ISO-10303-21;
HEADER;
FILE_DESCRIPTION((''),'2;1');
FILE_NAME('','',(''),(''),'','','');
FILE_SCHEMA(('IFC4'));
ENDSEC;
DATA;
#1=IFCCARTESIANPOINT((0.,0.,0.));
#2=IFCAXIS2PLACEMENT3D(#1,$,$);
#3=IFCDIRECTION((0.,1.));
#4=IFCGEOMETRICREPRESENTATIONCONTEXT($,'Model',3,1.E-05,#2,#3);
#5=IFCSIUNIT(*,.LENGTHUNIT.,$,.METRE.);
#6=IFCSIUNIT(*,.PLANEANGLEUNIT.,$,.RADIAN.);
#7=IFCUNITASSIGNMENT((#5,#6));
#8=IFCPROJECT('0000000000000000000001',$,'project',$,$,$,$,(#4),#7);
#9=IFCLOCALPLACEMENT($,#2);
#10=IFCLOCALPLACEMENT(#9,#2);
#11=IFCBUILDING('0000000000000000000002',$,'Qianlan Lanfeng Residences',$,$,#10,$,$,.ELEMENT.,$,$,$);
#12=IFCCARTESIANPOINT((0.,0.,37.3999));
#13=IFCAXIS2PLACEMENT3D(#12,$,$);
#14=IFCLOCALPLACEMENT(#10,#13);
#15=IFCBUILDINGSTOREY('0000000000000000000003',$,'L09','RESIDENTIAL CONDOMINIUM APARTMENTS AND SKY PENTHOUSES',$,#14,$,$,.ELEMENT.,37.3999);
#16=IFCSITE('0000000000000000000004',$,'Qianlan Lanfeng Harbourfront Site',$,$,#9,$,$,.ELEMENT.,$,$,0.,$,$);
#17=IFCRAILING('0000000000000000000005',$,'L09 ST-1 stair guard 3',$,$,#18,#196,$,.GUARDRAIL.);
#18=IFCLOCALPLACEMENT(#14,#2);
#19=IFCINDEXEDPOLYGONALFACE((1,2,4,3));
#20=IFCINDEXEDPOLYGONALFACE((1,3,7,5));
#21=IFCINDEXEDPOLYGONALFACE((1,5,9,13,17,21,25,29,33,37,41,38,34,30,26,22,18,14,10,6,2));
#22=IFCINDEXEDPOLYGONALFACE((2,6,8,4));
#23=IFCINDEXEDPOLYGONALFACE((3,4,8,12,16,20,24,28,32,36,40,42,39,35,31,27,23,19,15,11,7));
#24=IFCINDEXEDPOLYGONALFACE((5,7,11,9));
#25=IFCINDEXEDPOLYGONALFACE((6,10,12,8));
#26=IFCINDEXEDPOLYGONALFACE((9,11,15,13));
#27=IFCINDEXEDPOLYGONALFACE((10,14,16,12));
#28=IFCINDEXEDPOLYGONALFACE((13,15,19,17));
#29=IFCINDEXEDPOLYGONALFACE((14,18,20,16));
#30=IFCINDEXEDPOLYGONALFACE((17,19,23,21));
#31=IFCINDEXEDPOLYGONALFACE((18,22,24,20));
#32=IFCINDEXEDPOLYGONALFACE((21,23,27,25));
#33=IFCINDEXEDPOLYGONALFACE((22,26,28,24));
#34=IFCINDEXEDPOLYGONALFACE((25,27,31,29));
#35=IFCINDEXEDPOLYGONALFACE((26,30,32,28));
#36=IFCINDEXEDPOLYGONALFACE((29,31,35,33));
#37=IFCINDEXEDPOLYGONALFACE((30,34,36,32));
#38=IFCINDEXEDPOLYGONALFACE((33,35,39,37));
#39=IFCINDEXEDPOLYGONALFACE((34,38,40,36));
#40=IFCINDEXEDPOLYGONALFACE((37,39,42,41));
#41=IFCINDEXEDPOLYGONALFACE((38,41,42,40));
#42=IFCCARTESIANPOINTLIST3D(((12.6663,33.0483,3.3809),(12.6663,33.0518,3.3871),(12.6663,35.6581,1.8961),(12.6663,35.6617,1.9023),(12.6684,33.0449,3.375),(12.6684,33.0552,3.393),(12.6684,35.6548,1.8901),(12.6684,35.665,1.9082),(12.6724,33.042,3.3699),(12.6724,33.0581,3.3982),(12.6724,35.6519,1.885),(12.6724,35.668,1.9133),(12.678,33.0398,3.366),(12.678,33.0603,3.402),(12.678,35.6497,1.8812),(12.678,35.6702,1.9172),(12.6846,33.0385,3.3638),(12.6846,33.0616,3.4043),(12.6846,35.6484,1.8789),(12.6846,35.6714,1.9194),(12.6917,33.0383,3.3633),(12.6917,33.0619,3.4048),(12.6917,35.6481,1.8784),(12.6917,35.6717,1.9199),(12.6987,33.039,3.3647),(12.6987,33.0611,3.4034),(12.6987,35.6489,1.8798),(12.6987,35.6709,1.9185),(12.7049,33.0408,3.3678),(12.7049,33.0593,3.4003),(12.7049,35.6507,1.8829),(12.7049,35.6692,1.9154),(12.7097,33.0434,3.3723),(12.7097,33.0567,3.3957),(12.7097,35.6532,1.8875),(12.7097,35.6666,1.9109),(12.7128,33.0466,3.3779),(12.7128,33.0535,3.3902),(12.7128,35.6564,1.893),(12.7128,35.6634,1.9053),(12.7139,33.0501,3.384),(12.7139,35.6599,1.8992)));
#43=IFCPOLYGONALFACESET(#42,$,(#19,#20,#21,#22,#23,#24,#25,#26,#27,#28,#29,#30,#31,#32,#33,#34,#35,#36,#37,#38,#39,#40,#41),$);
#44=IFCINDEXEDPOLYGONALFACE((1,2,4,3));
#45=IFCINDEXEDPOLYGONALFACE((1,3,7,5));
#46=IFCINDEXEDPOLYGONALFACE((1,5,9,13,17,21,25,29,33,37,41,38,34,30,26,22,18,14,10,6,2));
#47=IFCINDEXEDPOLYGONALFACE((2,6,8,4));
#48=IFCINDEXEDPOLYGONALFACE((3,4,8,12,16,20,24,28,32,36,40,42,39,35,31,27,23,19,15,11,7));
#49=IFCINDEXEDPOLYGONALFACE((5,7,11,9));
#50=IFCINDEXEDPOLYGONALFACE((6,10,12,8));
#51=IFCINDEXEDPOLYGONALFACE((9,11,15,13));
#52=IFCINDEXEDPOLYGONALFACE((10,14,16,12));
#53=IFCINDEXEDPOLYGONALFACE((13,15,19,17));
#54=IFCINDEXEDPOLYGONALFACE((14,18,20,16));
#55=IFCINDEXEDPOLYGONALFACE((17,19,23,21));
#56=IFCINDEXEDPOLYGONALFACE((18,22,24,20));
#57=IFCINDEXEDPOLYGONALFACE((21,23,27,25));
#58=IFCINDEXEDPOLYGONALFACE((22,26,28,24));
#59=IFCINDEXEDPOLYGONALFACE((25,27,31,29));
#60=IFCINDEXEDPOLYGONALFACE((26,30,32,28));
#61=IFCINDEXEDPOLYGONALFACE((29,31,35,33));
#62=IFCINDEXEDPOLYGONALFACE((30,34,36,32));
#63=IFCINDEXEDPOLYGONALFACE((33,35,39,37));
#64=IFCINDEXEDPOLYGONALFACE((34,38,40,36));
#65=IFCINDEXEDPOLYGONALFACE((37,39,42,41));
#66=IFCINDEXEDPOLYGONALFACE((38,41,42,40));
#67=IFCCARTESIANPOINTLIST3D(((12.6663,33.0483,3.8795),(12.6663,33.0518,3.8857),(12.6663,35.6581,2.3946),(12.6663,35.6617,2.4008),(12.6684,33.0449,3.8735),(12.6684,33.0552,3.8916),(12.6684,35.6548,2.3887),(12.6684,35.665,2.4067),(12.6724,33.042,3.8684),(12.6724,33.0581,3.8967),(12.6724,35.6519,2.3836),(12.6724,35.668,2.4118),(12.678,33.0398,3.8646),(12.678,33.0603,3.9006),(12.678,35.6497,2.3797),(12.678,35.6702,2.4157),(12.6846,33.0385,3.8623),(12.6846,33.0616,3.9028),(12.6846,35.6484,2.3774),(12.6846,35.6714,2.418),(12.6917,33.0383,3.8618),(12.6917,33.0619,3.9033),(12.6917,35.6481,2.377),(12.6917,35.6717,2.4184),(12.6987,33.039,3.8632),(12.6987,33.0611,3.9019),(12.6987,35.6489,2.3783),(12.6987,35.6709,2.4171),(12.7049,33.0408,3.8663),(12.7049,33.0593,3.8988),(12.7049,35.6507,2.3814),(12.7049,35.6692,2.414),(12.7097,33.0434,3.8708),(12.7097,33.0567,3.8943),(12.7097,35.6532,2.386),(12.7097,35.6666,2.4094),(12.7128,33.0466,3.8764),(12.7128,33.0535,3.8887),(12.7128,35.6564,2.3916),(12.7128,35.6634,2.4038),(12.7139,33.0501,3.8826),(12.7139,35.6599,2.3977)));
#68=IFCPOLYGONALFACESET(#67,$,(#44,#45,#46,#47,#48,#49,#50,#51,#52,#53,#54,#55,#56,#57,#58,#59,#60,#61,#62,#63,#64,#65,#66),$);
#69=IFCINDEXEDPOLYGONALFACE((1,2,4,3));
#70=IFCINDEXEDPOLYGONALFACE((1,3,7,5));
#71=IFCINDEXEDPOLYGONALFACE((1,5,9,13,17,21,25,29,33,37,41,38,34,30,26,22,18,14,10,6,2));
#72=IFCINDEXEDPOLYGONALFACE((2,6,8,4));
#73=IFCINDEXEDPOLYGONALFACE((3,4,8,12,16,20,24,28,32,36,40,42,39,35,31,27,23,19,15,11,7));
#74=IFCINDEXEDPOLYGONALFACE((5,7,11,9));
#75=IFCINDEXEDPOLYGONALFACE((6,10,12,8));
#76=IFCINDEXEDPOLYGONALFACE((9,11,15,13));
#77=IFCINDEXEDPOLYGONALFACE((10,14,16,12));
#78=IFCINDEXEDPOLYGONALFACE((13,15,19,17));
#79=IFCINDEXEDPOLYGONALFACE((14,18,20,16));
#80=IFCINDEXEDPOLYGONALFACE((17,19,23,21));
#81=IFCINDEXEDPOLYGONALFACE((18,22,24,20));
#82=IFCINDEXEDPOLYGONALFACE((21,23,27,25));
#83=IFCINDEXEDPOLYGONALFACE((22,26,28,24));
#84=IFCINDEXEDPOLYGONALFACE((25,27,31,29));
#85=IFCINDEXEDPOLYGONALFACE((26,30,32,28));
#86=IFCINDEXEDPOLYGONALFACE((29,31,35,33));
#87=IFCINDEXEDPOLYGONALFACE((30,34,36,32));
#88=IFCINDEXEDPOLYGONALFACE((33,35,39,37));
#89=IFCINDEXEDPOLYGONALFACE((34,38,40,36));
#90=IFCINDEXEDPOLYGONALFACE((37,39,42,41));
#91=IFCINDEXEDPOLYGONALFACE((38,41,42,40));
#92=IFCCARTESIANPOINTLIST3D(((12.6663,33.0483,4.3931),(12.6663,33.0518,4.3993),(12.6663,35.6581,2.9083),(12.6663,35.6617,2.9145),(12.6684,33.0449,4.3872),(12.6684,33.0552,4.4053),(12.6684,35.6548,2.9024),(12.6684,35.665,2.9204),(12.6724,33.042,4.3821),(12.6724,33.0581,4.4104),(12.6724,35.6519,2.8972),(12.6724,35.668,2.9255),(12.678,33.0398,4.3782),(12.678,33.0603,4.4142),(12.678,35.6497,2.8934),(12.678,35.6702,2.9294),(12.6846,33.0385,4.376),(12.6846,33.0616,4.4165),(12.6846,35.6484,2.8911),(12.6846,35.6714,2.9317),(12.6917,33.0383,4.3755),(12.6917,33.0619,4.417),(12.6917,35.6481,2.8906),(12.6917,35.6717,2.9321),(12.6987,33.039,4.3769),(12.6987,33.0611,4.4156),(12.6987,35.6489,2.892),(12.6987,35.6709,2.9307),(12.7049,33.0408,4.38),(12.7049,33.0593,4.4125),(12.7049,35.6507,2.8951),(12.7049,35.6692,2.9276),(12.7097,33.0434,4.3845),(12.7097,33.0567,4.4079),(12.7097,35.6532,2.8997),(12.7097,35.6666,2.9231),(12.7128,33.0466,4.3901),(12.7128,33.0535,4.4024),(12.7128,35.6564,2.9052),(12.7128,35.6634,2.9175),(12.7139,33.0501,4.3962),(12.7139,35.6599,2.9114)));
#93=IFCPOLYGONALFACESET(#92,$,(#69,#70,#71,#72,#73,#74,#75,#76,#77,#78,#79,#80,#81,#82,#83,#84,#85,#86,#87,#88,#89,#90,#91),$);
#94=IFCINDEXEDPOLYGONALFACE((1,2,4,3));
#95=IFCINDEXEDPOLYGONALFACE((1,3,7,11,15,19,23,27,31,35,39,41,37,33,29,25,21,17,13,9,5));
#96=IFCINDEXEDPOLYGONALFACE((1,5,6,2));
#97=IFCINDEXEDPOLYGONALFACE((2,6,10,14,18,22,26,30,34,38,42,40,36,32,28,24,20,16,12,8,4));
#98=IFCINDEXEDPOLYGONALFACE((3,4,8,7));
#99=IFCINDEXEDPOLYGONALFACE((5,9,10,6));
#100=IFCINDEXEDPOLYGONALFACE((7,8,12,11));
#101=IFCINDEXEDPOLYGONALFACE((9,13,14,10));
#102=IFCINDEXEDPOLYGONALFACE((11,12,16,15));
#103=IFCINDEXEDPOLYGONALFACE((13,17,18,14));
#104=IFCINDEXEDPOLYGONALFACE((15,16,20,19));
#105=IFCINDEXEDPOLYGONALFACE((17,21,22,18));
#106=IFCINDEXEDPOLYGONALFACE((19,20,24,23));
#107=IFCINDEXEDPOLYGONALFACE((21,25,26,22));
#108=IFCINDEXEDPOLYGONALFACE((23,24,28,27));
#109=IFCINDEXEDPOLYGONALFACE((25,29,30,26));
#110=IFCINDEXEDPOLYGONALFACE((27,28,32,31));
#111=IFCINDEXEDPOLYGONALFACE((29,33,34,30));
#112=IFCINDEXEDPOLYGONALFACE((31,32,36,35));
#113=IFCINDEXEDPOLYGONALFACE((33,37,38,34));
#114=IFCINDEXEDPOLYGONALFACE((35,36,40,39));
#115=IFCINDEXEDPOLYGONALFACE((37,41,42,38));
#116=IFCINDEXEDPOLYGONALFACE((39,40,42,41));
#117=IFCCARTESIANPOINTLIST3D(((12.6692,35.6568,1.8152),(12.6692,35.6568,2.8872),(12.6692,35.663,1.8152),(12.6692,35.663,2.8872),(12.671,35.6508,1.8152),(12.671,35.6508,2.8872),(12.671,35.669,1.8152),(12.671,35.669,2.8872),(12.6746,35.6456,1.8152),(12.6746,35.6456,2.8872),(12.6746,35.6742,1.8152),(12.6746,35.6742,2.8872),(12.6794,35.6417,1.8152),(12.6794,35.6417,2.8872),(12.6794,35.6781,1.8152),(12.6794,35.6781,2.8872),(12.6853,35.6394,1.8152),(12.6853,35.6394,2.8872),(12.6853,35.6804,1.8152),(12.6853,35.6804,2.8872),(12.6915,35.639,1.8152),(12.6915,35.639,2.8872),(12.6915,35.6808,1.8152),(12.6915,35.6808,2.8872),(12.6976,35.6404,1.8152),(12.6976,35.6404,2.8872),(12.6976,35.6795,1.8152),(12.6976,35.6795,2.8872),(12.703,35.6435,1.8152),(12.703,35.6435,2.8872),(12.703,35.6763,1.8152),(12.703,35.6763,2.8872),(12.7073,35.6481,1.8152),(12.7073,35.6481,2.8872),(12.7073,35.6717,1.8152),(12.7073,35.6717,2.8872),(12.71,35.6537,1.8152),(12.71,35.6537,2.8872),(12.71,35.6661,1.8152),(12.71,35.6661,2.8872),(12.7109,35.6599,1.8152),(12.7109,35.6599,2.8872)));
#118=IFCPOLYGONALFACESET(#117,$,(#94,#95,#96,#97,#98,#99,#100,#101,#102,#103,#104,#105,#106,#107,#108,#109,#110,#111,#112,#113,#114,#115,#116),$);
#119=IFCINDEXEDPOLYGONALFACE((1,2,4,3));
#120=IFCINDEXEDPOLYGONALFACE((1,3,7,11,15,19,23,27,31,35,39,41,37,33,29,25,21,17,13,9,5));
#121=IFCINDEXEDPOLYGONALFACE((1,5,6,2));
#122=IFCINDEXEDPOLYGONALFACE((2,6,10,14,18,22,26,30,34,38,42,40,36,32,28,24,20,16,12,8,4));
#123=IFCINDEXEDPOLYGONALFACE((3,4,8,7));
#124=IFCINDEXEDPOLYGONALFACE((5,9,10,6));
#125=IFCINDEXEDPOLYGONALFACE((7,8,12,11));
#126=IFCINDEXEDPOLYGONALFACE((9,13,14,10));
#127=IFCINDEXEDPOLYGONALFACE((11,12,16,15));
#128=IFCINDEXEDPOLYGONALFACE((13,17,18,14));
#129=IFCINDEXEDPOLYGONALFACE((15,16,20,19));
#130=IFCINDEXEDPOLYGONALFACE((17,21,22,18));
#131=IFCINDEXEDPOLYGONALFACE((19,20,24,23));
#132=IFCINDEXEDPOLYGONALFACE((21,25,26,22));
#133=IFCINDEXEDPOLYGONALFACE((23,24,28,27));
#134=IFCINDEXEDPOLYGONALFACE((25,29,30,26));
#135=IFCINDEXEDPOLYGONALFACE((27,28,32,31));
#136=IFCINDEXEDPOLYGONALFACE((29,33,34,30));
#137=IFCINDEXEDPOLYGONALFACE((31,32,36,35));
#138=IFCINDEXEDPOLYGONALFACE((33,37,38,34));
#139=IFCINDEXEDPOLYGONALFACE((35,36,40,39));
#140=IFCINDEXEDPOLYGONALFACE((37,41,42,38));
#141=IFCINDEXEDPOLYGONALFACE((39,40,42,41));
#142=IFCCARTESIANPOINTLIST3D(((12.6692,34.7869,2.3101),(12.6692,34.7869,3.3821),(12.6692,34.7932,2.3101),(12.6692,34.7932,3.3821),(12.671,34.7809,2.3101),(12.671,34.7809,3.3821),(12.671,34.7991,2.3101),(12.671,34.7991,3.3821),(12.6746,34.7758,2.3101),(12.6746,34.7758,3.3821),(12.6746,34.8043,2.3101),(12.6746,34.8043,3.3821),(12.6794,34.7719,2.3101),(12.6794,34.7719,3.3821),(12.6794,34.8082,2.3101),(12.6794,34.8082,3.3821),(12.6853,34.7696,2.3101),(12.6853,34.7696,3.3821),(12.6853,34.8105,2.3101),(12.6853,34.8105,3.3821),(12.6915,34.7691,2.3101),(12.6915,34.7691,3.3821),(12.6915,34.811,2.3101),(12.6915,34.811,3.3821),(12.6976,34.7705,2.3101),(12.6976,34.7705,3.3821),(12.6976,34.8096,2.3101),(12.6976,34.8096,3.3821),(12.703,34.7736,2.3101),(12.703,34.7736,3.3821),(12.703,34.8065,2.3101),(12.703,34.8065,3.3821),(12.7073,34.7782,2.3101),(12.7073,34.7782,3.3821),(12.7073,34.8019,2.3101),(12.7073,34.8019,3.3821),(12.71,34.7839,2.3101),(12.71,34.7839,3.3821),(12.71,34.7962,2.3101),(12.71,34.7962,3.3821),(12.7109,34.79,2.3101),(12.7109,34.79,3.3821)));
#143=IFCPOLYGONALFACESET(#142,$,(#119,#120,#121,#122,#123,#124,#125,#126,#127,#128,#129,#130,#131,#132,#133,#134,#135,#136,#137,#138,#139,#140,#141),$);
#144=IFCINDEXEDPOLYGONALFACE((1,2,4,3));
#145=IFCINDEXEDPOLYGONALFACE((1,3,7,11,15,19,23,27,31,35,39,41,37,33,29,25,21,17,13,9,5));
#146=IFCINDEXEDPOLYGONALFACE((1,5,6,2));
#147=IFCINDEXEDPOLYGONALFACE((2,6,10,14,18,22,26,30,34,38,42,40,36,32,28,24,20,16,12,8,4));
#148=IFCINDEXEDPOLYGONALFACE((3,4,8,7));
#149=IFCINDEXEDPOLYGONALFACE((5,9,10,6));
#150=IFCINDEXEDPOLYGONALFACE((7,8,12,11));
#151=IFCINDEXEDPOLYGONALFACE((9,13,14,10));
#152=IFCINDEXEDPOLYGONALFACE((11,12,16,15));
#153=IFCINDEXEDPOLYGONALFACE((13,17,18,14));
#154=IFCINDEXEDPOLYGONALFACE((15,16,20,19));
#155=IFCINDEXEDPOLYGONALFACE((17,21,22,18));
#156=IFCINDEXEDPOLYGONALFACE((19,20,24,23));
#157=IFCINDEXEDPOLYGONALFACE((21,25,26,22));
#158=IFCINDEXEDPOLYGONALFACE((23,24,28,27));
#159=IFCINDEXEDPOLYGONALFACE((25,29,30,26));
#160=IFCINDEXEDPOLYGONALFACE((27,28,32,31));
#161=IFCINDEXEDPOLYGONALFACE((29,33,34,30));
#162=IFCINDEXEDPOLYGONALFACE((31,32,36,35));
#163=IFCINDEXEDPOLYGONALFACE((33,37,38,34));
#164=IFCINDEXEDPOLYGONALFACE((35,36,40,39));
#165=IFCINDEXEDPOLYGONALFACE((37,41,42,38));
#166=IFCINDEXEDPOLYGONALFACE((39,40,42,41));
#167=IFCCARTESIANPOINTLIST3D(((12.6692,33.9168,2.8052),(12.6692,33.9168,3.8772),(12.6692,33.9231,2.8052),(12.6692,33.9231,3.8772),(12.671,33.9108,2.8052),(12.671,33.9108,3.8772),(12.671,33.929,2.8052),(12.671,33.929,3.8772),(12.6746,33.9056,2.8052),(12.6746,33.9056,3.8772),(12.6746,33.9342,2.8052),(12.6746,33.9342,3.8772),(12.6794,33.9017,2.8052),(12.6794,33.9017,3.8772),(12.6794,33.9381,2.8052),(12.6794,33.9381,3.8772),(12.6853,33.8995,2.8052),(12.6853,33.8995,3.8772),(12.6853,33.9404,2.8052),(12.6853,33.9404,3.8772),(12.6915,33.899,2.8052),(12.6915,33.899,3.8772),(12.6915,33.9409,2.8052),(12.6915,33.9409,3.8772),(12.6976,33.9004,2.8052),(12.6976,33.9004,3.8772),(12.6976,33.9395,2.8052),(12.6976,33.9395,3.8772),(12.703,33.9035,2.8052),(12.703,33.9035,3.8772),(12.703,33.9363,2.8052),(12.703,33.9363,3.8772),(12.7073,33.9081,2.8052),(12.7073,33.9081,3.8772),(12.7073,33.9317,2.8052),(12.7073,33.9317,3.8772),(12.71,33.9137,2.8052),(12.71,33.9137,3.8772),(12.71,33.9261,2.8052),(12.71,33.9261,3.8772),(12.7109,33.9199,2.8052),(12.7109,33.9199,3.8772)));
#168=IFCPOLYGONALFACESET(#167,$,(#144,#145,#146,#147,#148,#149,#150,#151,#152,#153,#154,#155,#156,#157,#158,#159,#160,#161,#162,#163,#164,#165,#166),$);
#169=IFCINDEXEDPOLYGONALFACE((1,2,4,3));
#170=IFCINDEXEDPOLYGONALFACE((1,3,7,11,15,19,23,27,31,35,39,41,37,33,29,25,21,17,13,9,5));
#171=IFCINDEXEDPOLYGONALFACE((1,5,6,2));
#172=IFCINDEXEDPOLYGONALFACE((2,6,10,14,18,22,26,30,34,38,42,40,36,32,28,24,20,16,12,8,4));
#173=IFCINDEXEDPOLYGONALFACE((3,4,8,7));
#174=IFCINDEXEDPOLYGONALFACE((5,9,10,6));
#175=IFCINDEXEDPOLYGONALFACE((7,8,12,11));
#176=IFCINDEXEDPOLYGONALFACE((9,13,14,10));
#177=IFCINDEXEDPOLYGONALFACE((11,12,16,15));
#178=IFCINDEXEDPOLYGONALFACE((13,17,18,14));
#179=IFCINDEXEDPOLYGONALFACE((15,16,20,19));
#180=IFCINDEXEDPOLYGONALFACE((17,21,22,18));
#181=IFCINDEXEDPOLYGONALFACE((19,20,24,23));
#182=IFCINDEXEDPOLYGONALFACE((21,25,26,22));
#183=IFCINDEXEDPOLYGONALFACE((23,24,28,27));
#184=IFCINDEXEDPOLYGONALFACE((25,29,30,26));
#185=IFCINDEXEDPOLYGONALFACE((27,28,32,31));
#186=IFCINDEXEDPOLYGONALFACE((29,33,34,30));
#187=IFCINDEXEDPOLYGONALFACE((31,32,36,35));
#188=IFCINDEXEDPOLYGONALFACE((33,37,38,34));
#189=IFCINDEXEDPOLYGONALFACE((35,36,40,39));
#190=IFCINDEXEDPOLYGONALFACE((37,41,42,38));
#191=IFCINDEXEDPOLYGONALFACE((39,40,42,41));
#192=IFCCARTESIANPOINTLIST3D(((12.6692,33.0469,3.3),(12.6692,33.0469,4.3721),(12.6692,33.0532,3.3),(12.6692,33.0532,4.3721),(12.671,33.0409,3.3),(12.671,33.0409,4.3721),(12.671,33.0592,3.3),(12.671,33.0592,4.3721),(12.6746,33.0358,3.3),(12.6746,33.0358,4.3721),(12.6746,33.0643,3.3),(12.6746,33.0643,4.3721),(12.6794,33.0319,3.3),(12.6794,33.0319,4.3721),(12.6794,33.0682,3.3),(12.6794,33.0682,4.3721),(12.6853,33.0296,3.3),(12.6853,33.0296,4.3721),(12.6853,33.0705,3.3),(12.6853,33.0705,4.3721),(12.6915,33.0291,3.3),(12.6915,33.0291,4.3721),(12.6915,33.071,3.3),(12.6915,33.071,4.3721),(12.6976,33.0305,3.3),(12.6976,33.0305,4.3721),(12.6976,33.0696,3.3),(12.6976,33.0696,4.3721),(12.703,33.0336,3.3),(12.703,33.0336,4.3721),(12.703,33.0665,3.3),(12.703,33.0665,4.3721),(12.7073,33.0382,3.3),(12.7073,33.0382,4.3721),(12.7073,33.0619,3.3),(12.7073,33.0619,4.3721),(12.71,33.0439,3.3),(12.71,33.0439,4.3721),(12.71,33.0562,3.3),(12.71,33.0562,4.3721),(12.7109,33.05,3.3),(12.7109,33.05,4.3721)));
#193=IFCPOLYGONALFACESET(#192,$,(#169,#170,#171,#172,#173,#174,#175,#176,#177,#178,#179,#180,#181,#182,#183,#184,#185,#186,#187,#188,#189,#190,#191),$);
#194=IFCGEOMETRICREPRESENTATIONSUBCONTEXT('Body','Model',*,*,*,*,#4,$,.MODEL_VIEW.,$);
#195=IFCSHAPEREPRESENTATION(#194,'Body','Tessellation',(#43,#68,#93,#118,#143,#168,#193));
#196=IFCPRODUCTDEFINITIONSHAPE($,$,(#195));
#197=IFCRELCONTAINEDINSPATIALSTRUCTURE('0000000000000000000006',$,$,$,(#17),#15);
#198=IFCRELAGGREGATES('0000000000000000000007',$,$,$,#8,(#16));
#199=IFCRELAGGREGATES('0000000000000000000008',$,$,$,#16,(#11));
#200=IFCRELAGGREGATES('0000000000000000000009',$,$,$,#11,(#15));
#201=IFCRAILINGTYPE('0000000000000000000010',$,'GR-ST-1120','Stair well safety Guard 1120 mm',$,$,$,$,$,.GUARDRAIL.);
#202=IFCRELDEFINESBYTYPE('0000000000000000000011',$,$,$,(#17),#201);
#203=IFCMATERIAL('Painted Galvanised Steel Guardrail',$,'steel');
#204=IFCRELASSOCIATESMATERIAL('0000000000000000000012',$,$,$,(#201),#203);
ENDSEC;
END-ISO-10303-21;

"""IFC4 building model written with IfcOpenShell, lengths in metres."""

from ifc_helpers import new_model, si_unit, direction, frame, origin, origin_2d, place, context, subcontext, project, spatial, circle, extrude, material, type_object, element, save


model = new_model("IFC4")

# Units and contexts
model_context = context("Model", 3, precision=1e-05, world=origin(), true_north=direction((0.0, 1.0)))
body_context = subcontext(model_context, "Body", "Model", "MODEL_VIEW")
ifc_project = project(units=[si_unit("LENGTHUNIT", "METRE"), si_unit("PLANEANGLEUNIT", "RADIAN")], contexts=[model_context])

# Site, building, storey
site_placement = place(None, origin())
site = spatial("IfcSite", under=ifc_project, at=site_placement, Name="Qianlan Lanfeng Harbourfront Site", CompositionType="ELEMENT", RefElevation=0.0)
building_placement = place(site_placement, origin())
building = spatial("IfcBuilding", under=site, at=building_placement, Name="Qianlan Lanfeng Residences", CompositionType="ELEMENT")
storey_placement = place(building_placement, frame((0.0, 0.0, 37.3999)))
storey = spatial("IfcBuildingStorey", under=building, at=storey_placement, Name="L09", Description="RESIDENTIAL CONDOMINIUM APARTMENTS AND SKY PENTHOUSES", CompositionType="ELEMENT", Elevation=37.3999)

# Railing
ifc_material_1 = material(Name="Painted Galvanised Steel Guardrail", Category="steel")
railing_type_1 = type_object("IfcRailingType", Name="GR-ST-1120", Description="Stair well safety Guard 1120 mm", PredefinedType="GUARDRAIL", material=ifc_material_1)
railing_1_placement = place(storey_placement, frame((12.6899, 35.6599, 1.8152)))
element("IfcRailing", 1, at=railing_1_placement, inside=storey, type_object=railing_type_1, Name="L09 ST-1 stair guard 3", PredefinedType="GUARDRAIL", context=body_context, shape_type="SweptSolid", body=[
    extrude(circle(Radius=0.0239, at=origin_2d()), frame((0.0, 0.0, 0.084), z_axis=(0.0, -0.869172, 0.494509), x_axis=(1.0, 0.0, 0.0)), (0.0, 0.0, 1.0), 3.0027),
    extrude(circle(Radius=0.0239, at=origin_2d()), frame((0.0, 0.0, 0.5825), z_axis=(0.0, -0.869172, 0.494509), x_axis=(1.0, 0.0, 0.0)), (0.0, 0.0, 1.0), 3.0027),
    extrude(circle(Radius=0.0239, at=origin_2d()), frame((0.0, 0.0, 1.0962), z_axis=(0.0, -0.869172, 0.494509), x_axis=(1.0, 0.0, 0.0)), (0.0, 0.0, 1.0), 3.0027),
    extrude(circle(Radius=0.021, at=origin_2d()), origin(), (0.0, 0.0, 1.0), 1.072),
    extrude(circle(Radius=0.021, at=origin_2d()), frame((0.0, -0.8699, 0.4949)), (0.0, 0.0, 1.0), 1.072),
    extrude(circle(Radius=0.021, at=origin_2d()), frame((0.0, -1.74, 0.99)), (0.0, 0.0, 1.0), 1.072),
    extrude(circle(Radius=0.021, at=origin_2d()), frame((0.0, -2.6099, 1.4849)), (0.0, 0.0, 1.0), 1.072),
])

save(model, "model.ifc")
